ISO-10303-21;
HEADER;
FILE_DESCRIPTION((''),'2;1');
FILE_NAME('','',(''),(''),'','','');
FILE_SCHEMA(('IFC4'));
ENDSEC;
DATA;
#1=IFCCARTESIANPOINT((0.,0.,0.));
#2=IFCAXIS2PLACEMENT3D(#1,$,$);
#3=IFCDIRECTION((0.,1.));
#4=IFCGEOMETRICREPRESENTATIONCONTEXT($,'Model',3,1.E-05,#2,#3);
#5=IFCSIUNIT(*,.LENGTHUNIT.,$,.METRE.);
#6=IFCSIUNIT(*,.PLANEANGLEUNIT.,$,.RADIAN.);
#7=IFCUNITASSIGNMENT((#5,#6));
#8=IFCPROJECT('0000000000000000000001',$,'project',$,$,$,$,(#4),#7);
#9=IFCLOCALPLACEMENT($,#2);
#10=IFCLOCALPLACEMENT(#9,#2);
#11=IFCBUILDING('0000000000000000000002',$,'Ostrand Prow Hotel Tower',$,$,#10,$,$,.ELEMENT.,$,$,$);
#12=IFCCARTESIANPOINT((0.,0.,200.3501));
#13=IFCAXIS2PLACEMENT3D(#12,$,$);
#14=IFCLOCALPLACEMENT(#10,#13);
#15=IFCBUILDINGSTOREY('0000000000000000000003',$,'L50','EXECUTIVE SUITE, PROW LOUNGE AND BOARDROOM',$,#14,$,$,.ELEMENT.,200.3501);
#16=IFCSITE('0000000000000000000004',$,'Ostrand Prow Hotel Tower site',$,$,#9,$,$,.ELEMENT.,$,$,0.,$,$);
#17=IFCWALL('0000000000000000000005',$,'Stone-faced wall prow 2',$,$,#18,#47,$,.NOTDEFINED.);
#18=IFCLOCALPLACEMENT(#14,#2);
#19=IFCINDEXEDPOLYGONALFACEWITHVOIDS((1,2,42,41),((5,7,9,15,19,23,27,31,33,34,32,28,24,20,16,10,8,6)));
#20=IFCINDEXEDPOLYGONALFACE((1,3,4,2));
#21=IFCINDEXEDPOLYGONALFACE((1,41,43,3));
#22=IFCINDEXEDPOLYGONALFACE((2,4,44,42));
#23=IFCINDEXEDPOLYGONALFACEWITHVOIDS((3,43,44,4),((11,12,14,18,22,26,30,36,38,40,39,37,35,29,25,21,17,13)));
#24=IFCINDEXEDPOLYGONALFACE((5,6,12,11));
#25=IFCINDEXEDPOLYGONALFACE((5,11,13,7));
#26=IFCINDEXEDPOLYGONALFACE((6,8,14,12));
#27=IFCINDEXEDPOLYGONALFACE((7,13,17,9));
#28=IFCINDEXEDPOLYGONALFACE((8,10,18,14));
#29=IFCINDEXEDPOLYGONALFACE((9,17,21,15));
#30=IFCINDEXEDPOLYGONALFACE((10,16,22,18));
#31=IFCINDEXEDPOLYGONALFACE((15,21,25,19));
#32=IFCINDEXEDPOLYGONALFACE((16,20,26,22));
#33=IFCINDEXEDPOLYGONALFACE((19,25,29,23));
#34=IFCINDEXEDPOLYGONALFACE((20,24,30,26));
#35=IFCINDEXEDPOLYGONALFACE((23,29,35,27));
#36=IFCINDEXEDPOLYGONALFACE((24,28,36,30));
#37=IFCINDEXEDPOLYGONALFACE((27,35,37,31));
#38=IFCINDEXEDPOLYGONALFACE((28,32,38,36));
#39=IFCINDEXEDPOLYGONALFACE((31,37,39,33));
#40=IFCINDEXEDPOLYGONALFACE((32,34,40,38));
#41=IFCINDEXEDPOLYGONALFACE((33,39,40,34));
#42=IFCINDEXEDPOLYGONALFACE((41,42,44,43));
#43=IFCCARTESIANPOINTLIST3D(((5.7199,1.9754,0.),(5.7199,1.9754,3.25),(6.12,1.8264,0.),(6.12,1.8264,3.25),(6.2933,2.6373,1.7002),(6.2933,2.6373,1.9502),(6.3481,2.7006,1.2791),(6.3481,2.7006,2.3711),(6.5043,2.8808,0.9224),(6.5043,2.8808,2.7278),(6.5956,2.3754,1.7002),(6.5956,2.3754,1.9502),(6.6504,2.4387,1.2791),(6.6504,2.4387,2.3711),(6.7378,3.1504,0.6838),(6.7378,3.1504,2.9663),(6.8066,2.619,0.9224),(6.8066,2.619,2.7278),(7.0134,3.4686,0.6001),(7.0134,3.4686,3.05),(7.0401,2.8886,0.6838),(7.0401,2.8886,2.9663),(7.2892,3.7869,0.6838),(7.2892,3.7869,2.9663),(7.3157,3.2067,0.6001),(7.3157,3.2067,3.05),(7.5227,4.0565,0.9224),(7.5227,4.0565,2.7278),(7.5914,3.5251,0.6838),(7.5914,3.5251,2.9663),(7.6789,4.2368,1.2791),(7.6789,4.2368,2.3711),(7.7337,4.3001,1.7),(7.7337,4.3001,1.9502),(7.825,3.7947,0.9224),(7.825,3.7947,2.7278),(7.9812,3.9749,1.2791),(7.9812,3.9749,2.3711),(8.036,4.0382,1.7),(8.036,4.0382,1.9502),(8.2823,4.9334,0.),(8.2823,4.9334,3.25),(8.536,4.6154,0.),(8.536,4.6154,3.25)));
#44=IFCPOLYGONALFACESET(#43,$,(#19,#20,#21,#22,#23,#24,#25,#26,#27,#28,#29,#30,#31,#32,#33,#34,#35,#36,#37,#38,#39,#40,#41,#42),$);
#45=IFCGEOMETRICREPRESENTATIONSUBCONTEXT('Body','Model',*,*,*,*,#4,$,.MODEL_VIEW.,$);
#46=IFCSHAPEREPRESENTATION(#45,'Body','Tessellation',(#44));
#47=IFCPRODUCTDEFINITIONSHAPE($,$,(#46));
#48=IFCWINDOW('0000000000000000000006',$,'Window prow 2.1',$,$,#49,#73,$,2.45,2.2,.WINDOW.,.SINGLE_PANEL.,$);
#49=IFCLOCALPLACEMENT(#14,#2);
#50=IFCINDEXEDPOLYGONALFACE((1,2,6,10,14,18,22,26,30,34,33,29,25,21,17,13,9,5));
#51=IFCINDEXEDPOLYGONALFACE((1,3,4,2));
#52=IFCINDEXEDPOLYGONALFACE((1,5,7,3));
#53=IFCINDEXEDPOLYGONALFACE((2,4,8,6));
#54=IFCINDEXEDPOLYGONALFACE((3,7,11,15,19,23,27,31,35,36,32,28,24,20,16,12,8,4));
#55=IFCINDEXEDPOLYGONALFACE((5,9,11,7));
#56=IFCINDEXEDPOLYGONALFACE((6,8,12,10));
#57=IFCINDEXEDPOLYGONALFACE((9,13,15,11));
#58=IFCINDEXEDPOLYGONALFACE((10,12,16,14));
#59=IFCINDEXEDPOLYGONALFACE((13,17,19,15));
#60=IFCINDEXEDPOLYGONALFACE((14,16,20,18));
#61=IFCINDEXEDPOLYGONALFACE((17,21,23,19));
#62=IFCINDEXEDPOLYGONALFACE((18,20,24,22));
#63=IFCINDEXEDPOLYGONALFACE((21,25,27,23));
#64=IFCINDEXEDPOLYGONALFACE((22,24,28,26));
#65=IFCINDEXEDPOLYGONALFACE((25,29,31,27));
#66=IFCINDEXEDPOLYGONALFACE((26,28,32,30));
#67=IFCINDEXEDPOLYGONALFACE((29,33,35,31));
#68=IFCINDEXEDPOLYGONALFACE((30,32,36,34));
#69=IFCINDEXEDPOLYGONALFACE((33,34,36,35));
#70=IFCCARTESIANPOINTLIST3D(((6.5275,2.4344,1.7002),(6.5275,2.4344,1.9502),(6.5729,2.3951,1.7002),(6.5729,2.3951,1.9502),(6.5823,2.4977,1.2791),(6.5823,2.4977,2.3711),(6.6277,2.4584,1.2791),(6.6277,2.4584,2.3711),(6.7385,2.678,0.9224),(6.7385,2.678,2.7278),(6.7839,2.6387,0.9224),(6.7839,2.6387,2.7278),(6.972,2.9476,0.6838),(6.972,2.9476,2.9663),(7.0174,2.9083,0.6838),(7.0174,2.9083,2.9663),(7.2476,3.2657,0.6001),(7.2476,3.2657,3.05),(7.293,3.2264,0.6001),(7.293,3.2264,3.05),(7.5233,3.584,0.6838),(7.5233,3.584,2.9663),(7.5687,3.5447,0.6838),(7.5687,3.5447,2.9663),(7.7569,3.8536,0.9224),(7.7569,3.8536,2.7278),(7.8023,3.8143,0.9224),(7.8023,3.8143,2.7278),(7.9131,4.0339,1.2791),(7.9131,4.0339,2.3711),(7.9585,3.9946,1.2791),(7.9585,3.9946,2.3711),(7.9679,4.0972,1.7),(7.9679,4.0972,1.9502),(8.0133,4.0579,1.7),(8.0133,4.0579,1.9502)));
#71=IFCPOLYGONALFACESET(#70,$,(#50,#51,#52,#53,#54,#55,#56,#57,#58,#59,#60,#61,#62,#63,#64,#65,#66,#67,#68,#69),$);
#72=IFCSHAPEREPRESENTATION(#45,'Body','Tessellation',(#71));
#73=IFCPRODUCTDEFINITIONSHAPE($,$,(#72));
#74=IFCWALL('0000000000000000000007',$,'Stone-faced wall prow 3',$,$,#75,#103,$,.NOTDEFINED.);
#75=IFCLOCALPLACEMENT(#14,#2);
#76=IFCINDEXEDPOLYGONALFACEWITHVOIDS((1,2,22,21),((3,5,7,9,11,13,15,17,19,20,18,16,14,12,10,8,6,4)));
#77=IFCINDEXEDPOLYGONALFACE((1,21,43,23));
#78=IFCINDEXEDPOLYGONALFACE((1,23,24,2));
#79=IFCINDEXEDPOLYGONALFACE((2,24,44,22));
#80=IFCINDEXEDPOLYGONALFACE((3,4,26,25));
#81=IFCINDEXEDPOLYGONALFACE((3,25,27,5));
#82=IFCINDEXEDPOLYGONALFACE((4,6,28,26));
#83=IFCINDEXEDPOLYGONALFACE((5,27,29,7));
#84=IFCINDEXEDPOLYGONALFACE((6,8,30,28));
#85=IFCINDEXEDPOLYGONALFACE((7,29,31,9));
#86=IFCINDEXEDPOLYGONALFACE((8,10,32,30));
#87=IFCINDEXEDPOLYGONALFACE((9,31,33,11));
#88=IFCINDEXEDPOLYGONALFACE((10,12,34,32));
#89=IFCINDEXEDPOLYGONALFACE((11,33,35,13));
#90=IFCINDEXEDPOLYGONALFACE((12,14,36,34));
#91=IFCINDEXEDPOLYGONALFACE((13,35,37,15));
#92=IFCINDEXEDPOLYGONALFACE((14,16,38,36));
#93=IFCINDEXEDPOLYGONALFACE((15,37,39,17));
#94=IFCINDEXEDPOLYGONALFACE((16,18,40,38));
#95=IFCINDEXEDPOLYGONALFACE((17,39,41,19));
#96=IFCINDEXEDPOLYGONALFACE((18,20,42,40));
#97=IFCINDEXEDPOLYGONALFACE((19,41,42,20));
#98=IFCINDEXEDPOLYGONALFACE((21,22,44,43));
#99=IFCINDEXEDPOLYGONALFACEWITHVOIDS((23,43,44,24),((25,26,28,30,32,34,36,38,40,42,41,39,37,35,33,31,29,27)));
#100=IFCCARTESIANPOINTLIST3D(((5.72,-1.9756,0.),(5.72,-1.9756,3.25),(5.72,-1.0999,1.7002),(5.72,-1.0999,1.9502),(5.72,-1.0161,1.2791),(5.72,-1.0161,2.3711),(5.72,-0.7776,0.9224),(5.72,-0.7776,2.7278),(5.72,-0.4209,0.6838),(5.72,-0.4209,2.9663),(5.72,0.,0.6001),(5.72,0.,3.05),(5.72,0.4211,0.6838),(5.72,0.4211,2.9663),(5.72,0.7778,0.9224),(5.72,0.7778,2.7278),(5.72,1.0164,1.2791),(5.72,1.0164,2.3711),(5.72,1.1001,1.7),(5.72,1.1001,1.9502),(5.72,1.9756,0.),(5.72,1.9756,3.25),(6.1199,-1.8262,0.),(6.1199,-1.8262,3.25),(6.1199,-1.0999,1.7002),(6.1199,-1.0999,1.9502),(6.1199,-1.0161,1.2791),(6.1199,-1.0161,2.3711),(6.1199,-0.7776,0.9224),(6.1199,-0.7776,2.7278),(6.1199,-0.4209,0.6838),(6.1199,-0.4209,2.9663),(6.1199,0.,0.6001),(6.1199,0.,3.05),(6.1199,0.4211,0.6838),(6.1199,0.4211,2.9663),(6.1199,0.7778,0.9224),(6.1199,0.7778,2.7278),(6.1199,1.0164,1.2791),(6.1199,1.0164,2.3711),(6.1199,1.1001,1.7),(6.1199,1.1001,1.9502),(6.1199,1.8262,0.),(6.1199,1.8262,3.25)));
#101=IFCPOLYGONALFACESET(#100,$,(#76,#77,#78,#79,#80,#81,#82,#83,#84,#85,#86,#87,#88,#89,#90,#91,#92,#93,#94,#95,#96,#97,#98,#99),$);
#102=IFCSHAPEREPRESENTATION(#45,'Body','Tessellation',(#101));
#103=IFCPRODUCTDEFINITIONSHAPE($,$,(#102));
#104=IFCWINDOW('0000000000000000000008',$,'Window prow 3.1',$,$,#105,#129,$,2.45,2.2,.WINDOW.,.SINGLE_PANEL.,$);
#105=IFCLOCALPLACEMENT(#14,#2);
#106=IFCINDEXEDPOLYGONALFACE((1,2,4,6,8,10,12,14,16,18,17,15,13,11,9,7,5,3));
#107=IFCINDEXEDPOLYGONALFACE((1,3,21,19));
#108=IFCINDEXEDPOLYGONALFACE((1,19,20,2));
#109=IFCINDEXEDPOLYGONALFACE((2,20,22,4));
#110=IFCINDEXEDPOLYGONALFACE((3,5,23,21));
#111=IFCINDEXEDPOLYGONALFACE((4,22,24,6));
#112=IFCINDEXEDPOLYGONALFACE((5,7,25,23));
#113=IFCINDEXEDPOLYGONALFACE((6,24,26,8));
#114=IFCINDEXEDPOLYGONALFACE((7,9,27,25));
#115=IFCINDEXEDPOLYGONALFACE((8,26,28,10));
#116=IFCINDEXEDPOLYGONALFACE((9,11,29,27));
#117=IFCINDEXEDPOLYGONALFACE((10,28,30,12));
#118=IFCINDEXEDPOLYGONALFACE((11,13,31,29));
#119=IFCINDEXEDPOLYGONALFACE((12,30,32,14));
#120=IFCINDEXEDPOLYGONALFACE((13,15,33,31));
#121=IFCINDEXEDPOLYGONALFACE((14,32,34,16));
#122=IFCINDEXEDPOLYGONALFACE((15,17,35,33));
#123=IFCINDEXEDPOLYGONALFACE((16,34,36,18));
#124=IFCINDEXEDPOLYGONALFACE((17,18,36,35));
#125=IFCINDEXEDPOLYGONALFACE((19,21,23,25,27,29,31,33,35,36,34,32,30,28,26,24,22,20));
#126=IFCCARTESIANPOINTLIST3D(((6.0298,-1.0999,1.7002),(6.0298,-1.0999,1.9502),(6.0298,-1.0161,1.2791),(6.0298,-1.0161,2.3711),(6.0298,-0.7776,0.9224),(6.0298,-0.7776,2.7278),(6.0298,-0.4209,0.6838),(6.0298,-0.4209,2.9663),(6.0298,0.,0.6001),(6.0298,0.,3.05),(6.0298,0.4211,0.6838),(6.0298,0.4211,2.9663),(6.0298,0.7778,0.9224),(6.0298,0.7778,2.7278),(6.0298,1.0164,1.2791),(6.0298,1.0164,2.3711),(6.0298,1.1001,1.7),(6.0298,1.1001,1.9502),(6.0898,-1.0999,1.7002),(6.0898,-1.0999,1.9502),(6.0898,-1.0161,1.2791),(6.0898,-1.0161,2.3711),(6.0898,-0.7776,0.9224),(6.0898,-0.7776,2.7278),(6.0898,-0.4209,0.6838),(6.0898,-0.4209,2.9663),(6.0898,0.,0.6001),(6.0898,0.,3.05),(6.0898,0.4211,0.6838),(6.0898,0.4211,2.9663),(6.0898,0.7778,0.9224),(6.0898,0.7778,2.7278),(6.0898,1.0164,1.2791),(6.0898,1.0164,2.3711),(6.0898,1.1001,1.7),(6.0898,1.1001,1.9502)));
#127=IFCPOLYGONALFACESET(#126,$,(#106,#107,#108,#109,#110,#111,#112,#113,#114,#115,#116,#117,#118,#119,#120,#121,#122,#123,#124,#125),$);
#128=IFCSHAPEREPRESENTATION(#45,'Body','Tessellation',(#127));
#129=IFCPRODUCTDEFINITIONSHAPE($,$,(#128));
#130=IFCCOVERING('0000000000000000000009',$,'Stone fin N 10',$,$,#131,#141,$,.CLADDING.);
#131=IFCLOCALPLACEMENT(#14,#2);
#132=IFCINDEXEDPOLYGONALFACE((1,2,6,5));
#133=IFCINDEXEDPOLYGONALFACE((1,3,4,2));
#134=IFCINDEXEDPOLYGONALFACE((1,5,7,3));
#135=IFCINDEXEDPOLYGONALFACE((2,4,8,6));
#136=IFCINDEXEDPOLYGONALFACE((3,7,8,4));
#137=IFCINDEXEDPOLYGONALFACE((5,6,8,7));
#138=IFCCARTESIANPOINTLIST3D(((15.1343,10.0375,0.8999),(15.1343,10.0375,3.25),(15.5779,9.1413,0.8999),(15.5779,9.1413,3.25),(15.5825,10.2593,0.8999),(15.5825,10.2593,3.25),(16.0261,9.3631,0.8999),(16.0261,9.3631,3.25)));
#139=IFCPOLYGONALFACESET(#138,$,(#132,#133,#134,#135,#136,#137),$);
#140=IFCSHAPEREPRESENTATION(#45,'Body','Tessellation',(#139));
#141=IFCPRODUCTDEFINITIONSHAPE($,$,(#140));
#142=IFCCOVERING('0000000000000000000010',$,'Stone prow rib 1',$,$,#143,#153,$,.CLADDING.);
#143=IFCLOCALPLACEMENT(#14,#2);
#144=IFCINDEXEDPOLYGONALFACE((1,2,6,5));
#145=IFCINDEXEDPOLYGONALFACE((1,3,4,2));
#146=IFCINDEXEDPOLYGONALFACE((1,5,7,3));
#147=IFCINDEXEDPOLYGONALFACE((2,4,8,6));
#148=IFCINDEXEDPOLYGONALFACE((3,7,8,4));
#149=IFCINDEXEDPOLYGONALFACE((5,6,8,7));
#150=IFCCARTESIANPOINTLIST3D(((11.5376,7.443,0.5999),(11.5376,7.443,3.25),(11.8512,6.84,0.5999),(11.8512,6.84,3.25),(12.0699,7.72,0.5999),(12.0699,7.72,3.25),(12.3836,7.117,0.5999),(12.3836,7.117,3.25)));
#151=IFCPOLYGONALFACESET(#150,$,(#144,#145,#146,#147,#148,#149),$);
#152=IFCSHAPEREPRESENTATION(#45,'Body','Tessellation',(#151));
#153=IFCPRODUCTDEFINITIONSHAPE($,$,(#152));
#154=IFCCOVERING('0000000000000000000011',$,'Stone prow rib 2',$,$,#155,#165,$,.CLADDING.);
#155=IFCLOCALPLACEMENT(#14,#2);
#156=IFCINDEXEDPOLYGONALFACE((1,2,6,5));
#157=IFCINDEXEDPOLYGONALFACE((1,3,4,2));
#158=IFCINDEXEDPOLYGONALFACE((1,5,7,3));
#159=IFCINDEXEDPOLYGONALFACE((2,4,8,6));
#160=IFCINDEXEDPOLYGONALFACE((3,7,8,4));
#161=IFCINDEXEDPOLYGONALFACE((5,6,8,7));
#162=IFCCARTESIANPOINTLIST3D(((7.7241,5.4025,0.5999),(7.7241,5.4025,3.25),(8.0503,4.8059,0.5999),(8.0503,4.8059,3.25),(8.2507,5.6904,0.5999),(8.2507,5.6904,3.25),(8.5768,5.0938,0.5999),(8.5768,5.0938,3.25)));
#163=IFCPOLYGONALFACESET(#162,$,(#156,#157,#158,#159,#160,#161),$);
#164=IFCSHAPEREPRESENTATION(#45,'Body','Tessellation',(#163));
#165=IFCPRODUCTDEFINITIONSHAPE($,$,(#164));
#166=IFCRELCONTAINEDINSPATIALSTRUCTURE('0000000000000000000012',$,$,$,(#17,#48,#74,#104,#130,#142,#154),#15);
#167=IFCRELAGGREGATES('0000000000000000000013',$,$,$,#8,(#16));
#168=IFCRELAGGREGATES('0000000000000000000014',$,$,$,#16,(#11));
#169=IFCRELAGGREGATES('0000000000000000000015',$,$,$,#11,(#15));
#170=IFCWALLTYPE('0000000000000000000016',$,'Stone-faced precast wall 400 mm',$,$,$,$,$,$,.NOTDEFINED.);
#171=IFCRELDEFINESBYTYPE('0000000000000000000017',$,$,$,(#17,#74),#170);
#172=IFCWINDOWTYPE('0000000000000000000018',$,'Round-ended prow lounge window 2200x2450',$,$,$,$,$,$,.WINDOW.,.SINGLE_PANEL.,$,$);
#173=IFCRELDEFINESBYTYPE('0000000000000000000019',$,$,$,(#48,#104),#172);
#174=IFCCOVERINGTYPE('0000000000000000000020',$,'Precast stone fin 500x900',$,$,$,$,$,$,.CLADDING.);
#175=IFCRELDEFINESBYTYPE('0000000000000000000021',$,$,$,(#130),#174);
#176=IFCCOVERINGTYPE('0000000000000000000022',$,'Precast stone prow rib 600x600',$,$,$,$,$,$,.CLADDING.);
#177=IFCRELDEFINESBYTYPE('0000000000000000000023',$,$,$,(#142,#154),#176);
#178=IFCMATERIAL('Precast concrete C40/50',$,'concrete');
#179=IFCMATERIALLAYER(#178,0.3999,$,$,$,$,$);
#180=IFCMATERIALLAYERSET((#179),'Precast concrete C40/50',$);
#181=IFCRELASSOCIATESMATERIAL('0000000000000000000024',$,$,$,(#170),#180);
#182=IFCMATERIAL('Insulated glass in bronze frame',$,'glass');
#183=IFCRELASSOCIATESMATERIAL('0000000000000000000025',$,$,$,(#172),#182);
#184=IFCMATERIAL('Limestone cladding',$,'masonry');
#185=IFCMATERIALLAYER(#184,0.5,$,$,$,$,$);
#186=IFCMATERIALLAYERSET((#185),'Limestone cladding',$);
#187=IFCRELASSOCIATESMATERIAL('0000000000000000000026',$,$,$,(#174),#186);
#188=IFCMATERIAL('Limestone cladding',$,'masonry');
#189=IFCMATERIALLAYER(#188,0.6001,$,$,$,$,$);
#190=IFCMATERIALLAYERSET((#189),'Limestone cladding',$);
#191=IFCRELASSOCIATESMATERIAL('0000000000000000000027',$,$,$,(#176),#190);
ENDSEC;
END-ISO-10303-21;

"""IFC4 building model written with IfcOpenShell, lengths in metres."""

from ifc_helpers import new_model, si_unit, direction, frame, frame_2d, origin, place, context, subcontext, project, spatial, polyline, rectangle, outline, extrude, material, layer, layer_set, type_object, element, fill, save


model = new_model("IFC4")

# Units and contexts
model_context = context("Model", 3, precision=1e-05, world=origin(), true_north=direction((0.0, 1.0)))
body_context = subcontext(model_context, "Body", "Model", "MODEL_VIEW")
ifc_project = project(units=[si_unit("LENGTHUNIT", "METRE"), si_unit("PLANEANGLEUNIT", "RADIAN")], contexts=[model_context])

# Site, building, storey
site_placement = place(None, origin())
site = spatial("IfcSite", under=ifc_project, at=site_placement, Name="Ostrand Prow Hotel Tower site", CompositionType="ELEMENT", RefElevation=0.0)
building_placement = place(site_placement, origin())
building = spatial("IfcBuilding", under=site, at=building_placement, Name="Ostrand Prow Hotel Tower", CompositionType="ELEMENT")
storey_placement = place(building_placement, frame((0.0, 0.0, 200.3501)))
storey = spatial("IfcBuildingStorey", under=building, at=storey_placement, Name="L50", Description="EXECUTIVE SUITE, PROW LOUNGE AND BOARDROOM", CompositionType="ELEMENT", Elevation=200.3501)

# Walls, openings, windows
ifc_material_1 = material(Name="Precast concrete C40/50", Category="concrete")
ifc_layer_1 = layer(ifc_material_1, 0.3999)
ifc_layer_set_1 = layer_set([ifc_layer_1], Name="Precast concrete C40/50")
wall_type = type_object("IfcWallType", Name="Stone-faced precast wall 400 mm", PredefinedType="NOTDEFINED", material=ifc_layer_set_1)
ifc_material_2 = material(Name="Insulated glass in bronze frame", Category="glass")
window_type = type_object("IfcWindowType", Name="Round-ended prow lounge window 2200x2450", PartitioningType="SINGLE_PANEL", PredefinedType="WINDOW", material=ifc_material_2)
wall_1_placement = place(storey_placement, frame((8.4092, 4.7744, 0.0), z_axis=(0.0, 0.0, 1.0), x_axis=(-0.654759, -0.755837, 0.0)))
wall_1 = element("IfcWall", 1, at=wall_1_placement, inside=storey, type_object=wall_type, Name="Stone-faced wall prow 2", PredefinedType="NOTDEFINED", context=body_context, shape_type="SweptSolid", body=[
    extrude(outline(polyline([(-0.0371, -0.2), (3.8765, -0.2), (3.7271, 0.2), (0.0371, 0.2), (-0.0371, -0.2)])), origin(), (0.0, 0.0, 1.0), 3.25),
])
opening_1_placement = place(wall_1_placement, frame((0.8008, 0.0, 0.6001)))
opening_1 = element("IfcOpeningElement", 2, at=opening_1_placement, cuts=wall_1, PredefinedType="OPENING", context=body_context, shape_type="SweptSolid", body=[
    extrude(outline(polyline([(0.0, 1.3501), (0.0837, 1.771), (0.3223, 2.1277), (0.679, 2.3662), (1.1001, 2.45), (1.521, 2.3662), (1.8777, 2.1277), (2.1162, 1.771), (2.2, 1.3501), (2.2, 1.1001), (2.1162, 0.679), (1.8777, 0.3223), (1.521, 0.0837), (1.1001, 0.0), (0.679, 0.0837), (0.3223, 0.3223), (0.0837, 0.679), (0.0, 1.0999), (0.0, 1.3501)])), frame((0.0, 0.21, 0.0), z_axis=(0.0, -1.0, 0.0), x_axis=(1.0, 0.0, 0.0)), (0.0, 0.0, 1.0), 0.4199),
])
window_1_placement = place(opening_1_placement, origin())
window_1 = element("IfcWindow", 3, at=window_1_placement, inside=storey, type_object=window_type, Name="Window prow 2.1", OverallHeight=2.45, OverallWidth=2.2, PartitioningType="SINGLE_PANEL", PredefinedType="WINDOW", context=body_context, shape_type="SweptSolid", body=[
    extrude(outline(polyline([(0.0, 1.3501), (0.0837, 1.771), (0.3223, 2.1277), (0.679, 2.3662), (1.1001, 2.45), (1.521, 2.3662), (1.8777, 2.1277), (2.1162, 1.771), (2.2, 1.3501), (2.2, 1.1001), (2.1162, 0.679), (1.8777, 0.3223), (1.521, 0.0837), (1.1001, 0.0), (0.679, 0.0837), (0.3223, 0.3223), (0.0837, 0.679), (0.0, 1.0999), (0.0, 1.3501)])), frame((0.0, 0.1699, 0.0), z_axis=(0.0, -1.0, 0.0), x_axis=(1.0, 0.0, 0.0)), (0.0, 0.0, 1.0), 0.0601),
])
fill(opening_1, window_1)
wall_2_placement = place(storey_placement, frame((5.9199, 1.9009, 0.0), z_axis=(0.0, 0.0, 1.0), x_axis=(0.0, -1.0, 0.0)))
wall_2 = element("IfcWall", 4, at=wall_2_placement, inside=storey, type_object=wall_type, Name="Stone-faced wall prow 3", PredefinedType="NOTDEFINED", context=body_context, shape_type="SweptSolid", body=[
    extrude(outline(polyline([(-0.0747, -0.2), (3.8765, -0.2), (3.7271, 0.2), (0.0747, 0.2), (-0.0747, -0.2)])), origin(), (0.0, 0.0, 1.0), 3.25),
])
opening_2_placement = place(wall_2_placement, frame((0.8008, 0.0, 0.6001)))
opening_2 = element("IfcOpeningElement", 5, at=opening_2_placement, cuts=wall_2, PredefinedType="OPENING", context=body_context, shape_type="SweptSolid", body=[
    extrude(outline(polyline([(0.0, 1.3501), (0.0837, 1.771), (0.3223, 2.1277), (0.679, 2.3662), (1.1001, 2.45), (1.521, 2.3662), (1.8777, 2.1277), (2.1162, 1.771), (2.2, 1.3501), (2.2, 1.1001), (2.1162, 0.679), (1.8777, 0.3223), (1.521, 0.0837), (1.1001, 0.0), (0.679, 0.0837), (0.3223, 0.3223), (0.0837, 0.679), (0.0, 1.0999), (0.0, 1.3501)])), frame((0.0, 0.21, 0.0), z_axis=(0.0, -1.0, 0.0), x_axis=(1.0, 0.0, 0.0)), (0.0, 0.0, 1.0), 0.4199),
])
window_2_placement = place(opening_2_placement, origin())
window_2 = element("IfcWindow", 6, at=window_2_placement, inside=storey, type_object=window_type, Name="Window prow 3.1", OverallHeight=2.45, OverallWidth=2.2, PartitioningType="SINGLE_PANEL", PredefinedType="WINDOW", context=body_context, shape_type="SweptSolid", body=[
    extrude(outline(polyline([(0.0, 1.3501), (0.0837, 1.771), (0.3223, 2.1277), (0.679, 2.3662), (1.1001, 2.45), (1.521, 2.3662), (1.8777, 2.1277), (2.1162, 1.771), (2.2, 1.3501), (2.2, 1.1001), (2.1162, 0.679), (1.8777, 0.3223), (1.521, 0.0837), (1.1001, 0.0), (0.679, 0.0837), (0.3223, 0.3223), (0.0837, 0.679), (0.0, 1.0999), (0.0, 1.3501)])), frame((0.0, 0.1699, 0.0), z_axis=(0.0, -1.0, 0.0), x_axis=(1.0, 0.0, 0.0)), (0.0, 0.0, 1.0), 0.0601),
])
fill(opening_2, window_2)

# Coverings
ifc_material_3 = material(Name="Limestone cladding", Category="masonry")
ifc_layer_2 = layer(ifc_material_3, 0.5)
ifc_layer_set_2 = layer_set([ifc_layer_2], Name="Limestone cladding")
covering_type_1 = type_object("IfcCoveringType", Name="Precast stone fin 500x900", PredefinedType="CLADDING", material=ifc_layer_set_2)
covering_1_placement = place(storey_placement, frame((15.802, 9.2522, 0.8999), z_axis=(0.0, 0.0, 1.0), x_axis=(-0.443597, 0.896227, 0.0)))
element("IfcCovering", 7, at=covering_1_placement, inside=storey, type_object=covering_type_1, Name="Stone fin N 10", PredefinedType="CLADDING", context=body_context, shape_type="SweptSolid", body=[
    extrude(rectangle(XDim=1.0, YDim=0.5, at=frame_2d((0.5, 0.0))), origin(), (0.0, 0.0, 1.0), 2.3501),
])
ifc_material_4 = material(Name="Limestone cladding", Category="masonry")
ifc_layer_3 = layer(ifc_material_4, 0.6001)
ifc_layer_set_3 = layer_set([ifc_layer_3], Name="Limestone cladding")
covering_type_2 = type_object("IfcCoveringType", Name="Precast stone prow rib 600x600", PredefinedType="CLADDING", material=ifc_layer_set_3)
covering_2_placement = place(storey_placement, frame((12.1174, 6.9785, 0.5999), z_axis=(0.0, 0.0, 1.0), x_axis=(-0.461522, 0.887129, 0.0)))
element("IfcCovering", 8, at=covering_2_placement, inside=storey, type_object=covering_type_2, Name="Stone prow rib 1", PredefinedType="CLADDING", context=body_context, shape_type="SweptSolid", body=[
    extrude(rectangle(XDim=0.6797, YDim=0.6001, at=frame_2d((0.3398, 0.0))), origin(), (0.0, 0.0, 1.0), 2.6501),
])
covering_3_placement = place(storey_placement, frame((8.3135, 4.95, 0.5999), z_axis=(0.0, 0.0, 1.0), x_axis=(-0.479657, 0.877456, 0.0)))
element("IfcCovering", 9, at=covering_3_placement, inside=storey, type_object=covering_type_2, Name="Stone prow rib 2", PredefinedType="CLADDING", context=body_context, shape_type="SweptSolid", body=[
    extrude(rectangle(XDim=0.6799, YDim=0.6001, at=frame_2d((0.3398, 0.0))), origin(), (0.0, 0.0, 1.0), 2.6501),
])

save(model, "model.ifc")
